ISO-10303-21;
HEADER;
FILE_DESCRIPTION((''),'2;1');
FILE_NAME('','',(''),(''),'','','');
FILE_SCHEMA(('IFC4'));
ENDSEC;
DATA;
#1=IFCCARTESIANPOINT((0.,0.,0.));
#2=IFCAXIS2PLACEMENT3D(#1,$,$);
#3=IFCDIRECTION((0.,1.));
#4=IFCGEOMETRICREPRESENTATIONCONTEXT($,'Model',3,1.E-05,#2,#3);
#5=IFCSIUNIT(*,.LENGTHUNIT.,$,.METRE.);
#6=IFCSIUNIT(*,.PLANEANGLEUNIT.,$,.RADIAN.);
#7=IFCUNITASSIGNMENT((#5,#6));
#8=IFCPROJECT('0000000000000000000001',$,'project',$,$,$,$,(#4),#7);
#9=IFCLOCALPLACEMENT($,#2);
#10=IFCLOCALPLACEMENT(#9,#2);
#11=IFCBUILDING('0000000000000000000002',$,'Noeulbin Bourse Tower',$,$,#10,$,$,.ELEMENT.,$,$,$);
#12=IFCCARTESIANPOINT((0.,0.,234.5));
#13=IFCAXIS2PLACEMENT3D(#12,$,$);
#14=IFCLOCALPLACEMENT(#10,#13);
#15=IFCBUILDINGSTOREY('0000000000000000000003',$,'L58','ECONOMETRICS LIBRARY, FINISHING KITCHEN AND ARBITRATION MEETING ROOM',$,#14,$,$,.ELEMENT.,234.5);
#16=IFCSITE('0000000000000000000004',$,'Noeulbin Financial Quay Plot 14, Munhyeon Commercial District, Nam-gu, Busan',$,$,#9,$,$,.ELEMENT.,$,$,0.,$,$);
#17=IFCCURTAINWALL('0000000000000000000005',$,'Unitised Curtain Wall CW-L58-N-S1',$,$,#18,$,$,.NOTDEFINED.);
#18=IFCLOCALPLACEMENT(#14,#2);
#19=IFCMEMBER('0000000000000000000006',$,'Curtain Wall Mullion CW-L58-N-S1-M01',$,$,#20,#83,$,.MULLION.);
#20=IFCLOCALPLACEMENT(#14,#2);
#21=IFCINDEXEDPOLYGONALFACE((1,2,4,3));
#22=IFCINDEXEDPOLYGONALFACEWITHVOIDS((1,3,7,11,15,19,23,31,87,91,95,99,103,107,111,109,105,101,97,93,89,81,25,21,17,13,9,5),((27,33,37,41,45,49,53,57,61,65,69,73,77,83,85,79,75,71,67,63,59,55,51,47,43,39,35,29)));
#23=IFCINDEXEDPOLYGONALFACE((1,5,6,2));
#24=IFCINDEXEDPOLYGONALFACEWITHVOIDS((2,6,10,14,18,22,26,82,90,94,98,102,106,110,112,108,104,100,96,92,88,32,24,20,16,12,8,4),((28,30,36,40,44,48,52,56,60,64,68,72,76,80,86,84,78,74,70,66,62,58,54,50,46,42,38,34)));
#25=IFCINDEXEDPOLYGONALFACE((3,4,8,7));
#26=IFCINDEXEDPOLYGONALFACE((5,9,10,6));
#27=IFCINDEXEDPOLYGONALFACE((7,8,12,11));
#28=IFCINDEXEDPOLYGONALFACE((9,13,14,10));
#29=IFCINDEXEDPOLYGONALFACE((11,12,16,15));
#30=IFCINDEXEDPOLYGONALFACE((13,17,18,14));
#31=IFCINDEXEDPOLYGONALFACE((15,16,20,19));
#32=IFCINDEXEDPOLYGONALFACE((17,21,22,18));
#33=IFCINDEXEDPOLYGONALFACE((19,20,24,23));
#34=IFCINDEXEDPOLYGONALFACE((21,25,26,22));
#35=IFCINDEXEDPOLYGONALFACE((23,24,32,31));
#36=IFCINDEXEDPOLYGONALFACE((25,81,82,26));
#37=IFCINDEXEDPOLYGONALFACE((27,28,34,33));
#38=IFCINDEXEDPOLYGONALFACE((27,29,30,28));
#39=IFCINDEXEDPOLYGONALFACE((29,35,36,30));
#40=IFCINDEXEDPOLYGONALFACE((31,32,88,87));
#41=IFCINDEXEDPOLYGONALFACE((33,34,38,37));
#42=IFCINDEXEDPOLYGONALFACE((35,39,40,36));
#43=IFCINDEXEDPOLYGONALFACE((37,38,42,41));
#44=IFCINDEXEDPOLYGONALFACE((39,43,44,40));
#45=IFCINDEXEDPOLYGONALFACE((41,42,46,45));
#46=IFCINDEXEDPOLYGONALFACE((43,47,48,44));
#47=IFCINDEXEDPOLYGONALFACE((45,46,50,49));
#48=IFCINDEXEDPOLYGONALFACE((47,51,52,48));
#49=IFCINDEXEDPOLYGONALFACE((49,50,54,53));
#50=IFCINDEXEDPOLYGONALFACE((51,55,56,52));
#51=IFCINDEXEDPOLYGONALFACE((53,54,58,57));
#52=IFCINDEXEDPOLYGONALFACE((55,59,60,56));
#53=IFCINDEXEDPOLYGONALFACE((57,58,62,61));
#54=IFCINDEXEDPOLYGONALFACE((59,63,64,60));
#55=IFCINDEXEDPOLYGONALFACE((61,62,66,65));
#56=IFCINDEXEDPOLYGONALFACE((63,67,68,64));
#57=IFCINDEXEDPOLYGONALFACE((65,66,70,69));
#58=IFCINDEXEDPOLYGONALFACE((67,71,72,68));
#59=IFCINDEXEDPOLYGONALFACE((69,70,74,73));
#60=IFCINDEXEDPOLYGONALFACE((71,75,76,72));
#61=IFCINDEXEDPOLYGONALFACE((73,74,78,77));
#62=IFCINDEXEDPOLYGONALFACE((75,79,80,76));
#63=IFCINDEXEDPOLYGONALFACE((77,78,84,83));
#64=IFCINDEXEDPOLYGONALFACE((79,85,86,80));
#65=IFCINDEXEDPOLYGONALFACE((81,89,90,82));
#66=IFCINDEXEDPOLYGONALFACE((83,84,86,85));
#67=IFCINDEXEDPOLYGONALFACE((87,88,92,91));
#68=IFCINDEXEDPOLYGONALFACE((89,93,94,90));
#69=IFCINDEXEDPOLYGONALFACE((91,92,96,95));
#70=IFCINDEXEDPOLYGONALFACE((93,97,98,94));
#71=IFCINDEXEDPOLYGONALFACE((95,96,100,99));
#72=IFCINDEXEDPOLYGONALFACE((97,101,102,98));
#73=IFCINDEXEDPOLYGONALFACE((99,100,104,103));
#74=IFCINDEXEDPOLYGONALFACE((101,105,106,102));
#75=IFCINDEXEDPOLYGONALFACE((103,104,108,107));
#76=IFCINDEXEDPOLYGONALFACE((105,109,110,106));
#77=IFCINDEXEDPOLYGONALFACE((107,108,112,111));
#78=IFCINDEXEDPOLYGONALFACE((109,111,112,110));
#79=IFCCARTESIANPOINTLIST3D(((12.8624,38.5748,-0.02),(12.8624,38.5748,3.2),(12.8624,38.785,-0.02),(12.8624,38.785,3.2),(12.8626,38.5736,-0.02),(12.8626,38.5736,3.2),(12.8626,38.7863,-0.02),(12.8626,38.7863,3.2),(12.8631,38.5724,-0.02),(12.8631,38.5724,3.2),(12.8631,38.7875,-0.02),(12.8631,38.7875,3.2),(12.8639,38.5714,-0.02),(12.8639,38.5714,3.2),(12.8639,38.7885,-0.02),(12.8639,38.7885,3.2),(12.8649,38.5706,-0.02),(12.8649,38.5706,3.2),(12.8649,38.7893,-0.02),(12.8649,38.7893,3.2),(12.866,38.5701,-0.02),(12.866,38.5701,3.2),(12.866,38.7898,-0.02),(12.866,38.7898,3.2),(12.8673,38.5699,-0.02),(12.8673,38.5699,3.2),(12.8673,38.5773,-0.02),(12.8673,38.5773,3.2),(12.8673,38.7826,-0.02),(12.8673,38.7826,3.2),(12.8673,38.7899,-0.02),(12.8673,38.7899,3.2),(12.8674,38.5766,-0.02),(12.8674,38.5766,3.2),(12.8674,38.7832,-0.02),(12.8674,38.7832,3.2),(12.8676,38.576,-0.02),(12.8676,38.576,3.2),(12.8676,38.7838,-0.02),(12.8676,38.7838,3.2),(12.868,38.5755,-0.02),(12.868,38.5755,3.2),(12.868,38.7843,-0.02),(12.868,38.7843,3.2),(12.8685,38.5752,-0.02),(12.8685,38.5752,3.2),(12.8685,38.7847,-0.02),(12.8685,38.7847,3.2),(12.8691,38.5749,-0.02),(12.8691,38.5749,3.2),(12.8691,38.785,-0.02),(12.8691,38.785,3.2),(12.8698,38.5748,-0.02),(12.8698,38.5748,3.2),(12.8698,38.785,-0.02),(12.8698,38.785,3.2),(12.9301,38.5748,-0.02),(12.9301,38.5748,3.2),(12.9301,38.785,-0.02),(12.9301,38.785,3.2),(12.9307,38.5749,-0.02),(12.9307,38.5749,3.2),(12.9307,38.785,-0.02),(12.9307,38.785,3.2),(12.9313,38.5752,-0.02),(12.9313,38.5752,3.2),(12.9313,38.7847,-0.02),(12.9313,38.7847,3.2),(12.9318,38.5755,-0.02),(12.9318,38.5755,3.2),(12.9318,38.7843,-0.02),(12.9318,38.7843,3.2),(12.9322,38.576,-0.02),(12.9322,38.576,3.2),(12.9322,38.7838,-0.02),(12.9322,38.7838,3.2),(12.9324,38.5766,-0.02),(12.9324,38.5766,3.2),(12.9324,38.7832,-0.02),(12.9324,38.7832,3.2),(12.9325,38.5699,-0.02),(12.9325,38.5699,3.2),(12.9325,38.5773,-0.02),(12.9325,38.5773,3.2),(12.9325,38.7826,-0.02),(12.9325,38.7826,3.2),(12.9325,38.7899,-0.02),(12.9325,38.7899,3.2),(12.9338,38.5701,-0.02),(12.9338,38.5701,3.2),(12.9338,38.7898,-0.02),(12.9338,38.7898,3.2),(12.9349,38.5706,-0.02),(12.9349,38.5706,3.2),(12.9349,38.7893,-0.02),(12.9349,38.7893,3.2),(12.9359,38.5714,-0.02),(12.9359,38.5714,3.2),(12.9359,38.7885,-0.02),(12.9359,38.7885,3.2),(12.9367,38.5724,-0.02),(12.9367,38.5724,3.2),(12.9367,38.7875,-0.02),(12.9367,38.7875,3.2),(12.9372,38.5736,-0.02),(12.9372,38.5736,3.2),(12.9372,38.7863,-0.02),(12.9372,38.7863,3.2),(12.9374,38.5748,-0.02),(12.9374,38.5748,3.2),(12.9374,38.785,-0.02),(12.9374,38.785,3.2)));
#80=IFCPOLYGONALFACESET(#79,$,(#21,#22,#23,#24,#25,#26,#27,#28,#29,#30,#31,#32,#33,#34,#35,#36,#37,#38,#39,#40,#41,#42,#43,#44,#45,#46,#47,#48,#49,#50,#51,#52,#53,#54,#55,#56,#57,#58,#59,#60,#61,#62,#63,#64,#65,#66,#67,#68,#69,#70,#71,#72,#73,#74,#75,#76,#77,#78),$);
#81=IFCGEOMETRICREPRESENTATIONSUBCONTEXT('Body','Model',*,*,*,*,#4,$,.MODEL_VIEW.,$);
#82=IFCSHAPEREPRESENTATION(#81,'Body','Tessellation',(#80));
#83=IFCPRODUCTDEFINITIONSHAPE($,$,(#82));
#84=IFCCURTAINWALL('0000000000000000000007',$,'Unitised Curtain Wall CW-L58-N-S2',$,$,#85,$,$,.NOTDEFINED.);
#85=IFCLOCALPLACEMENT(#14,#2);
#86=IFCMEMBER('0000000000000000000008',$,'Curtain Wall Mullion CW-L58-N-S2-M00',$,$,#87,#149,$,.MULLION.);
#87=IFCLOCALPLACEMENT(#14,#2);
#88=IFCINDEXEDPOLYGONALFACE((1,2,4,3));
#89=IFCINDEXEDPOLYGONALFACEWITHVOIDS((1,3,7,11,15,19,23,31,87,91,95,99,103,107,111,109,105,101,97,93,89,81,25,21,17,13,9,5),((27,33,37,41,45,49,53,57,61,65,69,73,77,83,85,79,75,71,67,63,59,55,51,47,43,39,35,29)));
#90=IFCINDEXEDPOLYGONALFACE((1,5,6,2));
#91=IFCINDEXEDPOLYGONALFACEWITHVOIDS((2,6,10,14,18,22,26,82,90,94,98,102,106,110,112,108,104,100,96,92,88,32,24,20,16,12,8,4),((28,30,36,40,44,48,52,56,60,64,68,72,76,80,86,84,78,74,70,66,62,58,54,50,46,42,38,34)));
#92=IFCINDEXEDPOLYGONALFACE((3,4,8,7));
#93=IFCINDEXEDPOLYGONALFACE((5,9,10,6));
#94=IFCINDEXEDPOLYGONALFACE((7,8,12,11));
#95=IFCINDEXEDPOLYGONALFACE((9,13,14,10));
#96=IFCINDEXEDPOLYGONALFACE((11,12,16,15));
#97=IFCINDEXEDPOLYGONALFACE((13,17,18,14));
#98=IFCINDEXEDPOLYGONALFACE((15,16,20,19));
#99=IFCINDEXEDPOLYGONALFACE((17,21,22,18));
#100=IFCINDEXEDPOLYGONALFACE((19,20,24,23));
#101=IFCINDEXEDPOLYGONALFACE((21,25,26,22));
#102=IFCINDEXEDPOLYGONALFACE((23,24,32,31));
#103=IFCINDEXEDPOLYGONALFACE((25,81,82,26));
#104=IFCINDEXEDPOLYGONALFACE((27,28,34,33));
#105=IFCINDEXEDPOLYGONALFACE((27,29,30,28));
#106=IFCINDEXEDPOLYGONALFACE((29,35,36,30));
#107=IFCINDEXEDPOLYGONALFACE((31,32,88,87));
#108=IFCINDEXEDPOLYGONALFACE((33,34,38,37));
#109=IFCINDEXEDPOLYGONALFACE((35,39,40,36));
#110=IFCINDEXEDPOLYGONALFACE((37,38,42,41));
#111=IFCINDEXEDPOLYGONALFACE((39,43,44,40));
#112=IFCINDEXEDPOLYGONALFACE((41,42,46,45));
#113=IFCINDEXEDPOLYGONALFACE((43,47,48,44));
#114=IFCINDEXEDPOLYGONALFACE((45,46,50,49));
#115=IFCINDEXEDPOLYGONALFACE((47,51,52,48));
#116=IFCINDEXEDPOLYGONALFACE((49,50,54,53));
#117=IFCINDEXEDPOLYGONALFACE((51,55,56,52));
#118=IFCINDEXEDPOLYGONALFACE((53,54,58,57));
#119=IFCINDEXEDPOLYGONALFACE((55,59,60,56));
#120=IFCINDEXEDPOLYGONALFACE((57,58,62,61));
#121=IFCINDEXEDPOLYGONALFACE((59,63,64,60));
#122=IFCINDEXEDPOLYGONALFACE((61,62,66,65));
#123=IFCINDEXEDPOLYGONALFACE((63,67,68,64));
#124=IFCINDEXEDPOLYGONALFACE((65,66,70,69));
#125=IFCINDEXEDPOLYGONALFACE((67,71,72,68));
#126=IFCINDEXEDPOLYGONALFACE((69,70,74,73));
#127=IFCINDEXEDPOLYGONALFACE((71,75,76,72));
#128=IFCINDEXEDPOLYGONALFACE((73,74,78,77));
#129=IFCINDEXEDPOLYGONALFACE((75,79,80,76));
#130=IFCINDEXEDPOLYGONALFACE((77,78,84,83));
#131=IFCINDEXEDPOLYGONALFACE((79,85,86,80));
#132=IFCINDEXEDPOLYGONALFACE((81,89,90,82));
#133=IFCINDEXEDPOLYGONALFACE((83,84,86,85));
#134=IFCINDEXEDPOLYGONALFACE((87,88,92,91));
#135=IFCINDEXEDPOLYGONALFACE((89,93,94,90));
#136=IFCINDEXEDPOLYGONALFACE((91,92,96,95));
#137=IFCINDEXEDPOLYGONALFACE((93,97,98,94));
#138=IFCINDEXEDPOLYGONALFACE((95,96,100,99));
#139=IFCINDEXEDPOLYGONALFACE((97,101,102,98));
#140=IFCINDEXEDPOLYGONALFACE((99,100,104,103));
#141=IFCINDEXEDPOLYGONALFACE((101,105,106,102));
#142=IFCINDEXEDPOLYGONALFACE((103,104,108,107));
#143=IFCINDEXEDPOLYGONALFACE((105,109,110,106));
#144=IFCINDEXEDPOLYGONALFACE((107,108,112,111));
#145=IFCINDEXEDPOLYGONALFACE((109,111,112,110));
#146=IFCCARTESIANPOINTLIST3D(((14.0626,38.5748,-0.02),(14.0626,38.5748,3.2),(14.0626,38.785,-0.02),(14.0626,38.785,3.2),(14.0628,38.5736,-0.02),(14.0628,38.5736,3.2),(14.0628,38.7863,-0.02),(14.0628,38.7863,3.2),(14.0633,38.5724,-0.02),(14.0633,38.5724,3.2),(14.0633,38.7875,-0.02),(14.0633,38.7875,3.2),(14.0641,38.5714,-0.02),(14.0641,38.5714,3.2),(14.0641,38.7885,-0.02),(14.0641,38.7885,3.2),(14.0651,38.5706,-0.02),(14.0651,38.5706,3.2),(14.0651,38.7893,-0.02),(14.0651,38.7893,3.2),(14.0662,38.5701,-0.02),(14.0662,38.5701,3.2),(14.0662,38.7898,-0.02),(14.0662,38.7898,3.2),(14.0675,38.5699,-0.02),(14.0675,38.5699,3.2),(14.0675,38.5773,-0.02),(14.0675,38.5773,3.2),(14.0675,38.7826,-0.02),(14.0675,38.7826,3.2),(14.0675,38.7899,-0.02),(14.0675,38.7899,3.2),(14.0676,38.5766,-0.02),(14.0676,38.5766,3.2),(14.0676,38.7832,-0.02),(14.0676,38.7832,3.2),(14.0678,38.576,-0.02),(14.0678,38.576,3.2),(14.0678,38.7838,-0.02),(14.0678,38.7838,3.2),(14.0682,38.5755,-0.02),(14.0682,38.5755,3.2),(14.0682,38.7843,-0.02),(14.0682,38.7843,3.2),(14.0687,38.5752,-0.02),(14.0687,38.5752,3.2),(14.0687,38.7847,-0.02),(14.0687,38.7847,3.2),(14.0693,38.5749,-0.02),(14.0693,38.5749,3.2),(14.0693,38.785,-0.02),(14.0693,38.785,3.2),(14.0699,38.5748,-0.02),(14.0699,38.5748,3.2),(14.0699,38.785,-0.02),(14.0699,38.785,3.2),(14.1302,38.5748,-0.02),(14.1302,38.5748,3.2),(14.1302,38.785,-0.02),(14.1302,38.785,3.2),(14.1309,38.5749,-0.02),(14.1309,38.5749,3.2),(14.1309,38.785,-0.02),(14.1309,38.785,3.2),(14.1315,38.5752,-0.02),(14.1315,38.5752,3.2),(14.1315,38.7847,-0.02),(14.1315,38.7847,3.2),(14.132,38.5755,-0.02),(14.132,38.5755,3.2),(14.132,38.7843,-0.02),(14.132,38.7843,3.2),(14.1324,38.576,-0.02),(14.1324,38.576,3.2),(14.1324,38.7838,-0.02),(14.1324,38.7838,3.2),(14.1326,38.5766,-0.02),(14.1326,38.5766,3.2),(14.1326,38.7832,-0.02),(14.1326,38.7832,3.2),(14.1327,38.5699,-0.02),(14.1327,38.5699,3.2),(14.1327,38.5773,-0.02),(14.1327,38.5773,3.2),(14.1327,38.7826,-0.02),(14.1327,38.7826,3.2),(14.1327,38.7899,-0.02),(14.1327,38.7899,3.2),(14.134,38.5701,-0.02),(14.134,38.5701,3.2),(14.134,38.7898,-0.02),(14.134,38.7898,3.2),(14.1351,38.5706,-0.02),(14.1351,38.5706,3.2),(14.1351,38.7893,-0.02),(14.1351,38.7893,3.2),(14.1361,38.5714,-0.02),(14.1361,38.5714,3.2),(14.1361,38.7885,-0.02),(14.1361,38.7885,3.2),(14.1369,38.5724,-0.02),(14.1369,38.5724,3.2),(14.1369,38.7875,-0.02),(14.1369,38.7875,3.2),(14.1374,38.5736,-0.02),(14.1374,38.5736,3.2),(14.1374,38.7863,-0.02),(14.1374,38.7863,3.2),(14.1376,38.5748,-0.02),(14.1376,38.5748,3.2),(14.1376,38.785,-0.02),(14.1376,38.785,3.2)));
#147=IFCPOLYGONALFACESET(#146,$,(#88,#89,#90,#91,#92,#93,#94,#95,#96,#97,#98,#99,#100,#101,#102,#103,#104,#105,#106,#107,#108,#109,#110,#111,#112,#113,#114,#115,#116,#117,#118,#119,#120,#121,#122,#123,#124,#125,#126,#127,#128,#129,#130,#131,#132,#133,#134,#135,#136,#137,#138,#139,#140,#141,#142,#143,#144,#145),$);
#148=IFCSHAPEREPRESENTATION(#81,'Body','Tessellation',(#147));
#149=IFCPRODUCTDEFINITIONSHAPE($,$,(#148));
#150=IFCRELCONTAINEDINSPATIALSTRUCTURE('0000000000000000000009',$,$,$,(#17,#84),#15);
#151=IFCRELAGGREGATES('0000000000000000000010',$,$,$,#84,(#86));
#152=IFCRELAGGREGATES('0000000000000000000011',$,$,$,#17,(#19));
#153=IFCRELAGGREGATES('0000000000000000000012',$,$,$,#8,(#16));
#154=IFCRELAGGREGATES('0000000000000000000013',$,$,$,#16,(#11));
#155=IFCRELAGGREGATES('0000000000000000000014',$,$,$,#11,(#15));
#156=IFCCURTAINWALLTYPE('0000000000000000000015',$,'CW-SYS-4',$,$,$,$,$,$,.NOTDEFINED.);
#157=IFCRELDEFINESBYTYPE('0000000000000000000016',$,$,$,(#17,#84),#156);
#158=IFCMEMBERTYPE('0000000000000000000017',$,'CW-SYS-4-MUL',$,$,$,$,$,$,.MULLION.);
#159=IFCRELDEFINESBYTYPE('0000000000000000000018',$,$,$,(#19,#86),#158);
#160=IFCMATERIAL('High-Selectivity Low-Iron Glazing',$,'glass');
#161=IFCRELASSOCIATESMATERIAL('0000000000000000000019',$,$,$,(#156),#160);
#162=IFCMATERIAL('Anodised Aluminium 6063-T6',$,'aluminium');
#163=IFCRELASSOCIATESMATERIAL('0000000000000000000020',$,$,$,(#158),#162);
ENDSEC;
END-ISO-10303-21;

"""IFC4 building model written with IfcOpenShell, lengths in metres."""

from ifc_helpers import new_model, si_unit, direction, frame, origin, origin_2d, place, context, subcontext, project, spatial, hollow_rectangle, extrude, material, material_profile, profile_set, type_object, element, aggregate, save


model = new_model("IFC4")

# Units and contexts
model_context = context("Model", 3, precision=1e-05, world=origin(), true_north=direction((0.0, 1.0)))
body_context = subcontext(model_context, "Body", "Model", "MODEL_VIEW")
ifc_project = project(units=[si_unit("LENGTHUNIT", "METRE"), si_unit("PLANEANGLEUNIT", "RADIAN")], contexts=[model_context])

# Site, building, storey
site_placement = place(None, origin())
site = spatial("IfcSite", under=ifc_project, at=site_placement, Name="Noeulbin Financial Quay Plot 14, Munhyeon Commercial District, Nam-gu, Busan", CompositionType="ELEMENT", RefElevation=0.0)
building_placement = place(site_placement, origin())
building = spatial("IfcBuilding", under=site, at=building_placement, Name="Noeulbin Bourse Tower", CompositionType="ELEMENT")
storey_placement = place(building_placement, frame((0.0, 0.0, 234.5)))
storey = spatial("IfcBuildingStorey", under=building, at=storey_placement, Name="L58", Description="ECONOMETRICS LIBRARY, FINISHING KITCHEN AND ARBITRATION MEETING ROOM", CompositionType="ELEMENT", Elevation=234.5)

# Curtain wall, member
ifc_material_1 = material(Name="High-Selectivity Low-Iron Glazing", Category="glass")
curtain_wall_type = type_object("IfcCurtainWallType", Name="CW-SYS-4", PredefinedType="NOTDEFINED", material=ifc_material_1)
curtain_wall_1_placement = place(storey_placement, origin())
curtain_wall_1 = element("IfcCurtainWall", 1, at=curtain_wall_1_placement, inside=storey, type_object=curtain_wall_type, Name="Unitised Curtain Wall CW-L58-N-S1", PredefinedType="NOTDEFINED")
ifc_material_2 = material(Name="Anodised Aluminium 6063-T6", Category="aluminium")
ifc_material_profile_1 = material_profile(ifc_material_2, hollow_rectangle(XDim=0.075, YDim=0.22, WallThickness=0.0049, InnerFilletRadius=0.0024, OuterFilletRadius=0.0049, at=origin_2d()), Name="ALU-MULL-75x220x5", Category="LoadBearing")
ifc_profile_set_1 = profile_set([ifc_material_profile_1], Name="Anodised Aluminium 6063-T6")
member_type_1 = type_object("IfcMemberType", Name="CW-SYS-4-MUL", PredefinedType="MULLION", material=ifc_profile_set_1)
member_1_placement = place(storey_placement, frame((12.8999, 38.6799, -0.02), z_axis=(0.0, 0.0, 1.0), x_axis=(1.0, 0.0, 0.0)))
member_1 = element("IfcMember", 2, at=member_1_placement, type_object=member_type_1, Name="Curtain Wall Mullion CW-L58-N-S1-M01", PredefinedType="MULLION", context=body_context, shape_type="SweptSolid", body=[
    extrude(hollow_rectangle(XDim=0.075, YDim=0.22, WallThickness=0.0049, InnerFilletRadius=0.0024, OuterFilletRadius=0.0049, at=origin_2d()), origin(), (0.0, 0.0, 1.0), 3.22),
])

# Curtain wall, member
curtain_wall_2_placement = place(storey_placement, origin())
curtain_wall_2 = element("IfcCurtainWall", 3, at=curtain_wall_2_placement, inside=storey, type_object=curtain_wall_type, Name="Unitised Curtain Wall CW-L58-N-S2", PredefinedType="NOTDEFINED")
member_2_placement = place(storey_placement, frame((14.1001, 38.6799, -0.02), z_axis=(0.0, 0.0, 1.0), x_axis=(1.0, 0.0, 0.0)))
member_2 = element("IfcMember", 4, at=member_2_placement, type_object=member_type_1, Name="Curtain Wall Mullion CW-L58-N-S2-M00", PredefinedType="MULLION", context=body_context, shape_type="SweptSolid", body=[
    extrude(hollow_rectangle(XDim=0.075, YDim=0.22, WallThickness=0.0049, InnerFilletRadius=0.0024, OuterFilletRadius=0.0049, at=origin_2d()), origin(), (0.0, 0.0, 1.0), 3.22),
])
aggregate(curtain_wall_2, [member_2])

aggregate(curtain_wall_1, [member_1])

save(model, "model.ifc")
